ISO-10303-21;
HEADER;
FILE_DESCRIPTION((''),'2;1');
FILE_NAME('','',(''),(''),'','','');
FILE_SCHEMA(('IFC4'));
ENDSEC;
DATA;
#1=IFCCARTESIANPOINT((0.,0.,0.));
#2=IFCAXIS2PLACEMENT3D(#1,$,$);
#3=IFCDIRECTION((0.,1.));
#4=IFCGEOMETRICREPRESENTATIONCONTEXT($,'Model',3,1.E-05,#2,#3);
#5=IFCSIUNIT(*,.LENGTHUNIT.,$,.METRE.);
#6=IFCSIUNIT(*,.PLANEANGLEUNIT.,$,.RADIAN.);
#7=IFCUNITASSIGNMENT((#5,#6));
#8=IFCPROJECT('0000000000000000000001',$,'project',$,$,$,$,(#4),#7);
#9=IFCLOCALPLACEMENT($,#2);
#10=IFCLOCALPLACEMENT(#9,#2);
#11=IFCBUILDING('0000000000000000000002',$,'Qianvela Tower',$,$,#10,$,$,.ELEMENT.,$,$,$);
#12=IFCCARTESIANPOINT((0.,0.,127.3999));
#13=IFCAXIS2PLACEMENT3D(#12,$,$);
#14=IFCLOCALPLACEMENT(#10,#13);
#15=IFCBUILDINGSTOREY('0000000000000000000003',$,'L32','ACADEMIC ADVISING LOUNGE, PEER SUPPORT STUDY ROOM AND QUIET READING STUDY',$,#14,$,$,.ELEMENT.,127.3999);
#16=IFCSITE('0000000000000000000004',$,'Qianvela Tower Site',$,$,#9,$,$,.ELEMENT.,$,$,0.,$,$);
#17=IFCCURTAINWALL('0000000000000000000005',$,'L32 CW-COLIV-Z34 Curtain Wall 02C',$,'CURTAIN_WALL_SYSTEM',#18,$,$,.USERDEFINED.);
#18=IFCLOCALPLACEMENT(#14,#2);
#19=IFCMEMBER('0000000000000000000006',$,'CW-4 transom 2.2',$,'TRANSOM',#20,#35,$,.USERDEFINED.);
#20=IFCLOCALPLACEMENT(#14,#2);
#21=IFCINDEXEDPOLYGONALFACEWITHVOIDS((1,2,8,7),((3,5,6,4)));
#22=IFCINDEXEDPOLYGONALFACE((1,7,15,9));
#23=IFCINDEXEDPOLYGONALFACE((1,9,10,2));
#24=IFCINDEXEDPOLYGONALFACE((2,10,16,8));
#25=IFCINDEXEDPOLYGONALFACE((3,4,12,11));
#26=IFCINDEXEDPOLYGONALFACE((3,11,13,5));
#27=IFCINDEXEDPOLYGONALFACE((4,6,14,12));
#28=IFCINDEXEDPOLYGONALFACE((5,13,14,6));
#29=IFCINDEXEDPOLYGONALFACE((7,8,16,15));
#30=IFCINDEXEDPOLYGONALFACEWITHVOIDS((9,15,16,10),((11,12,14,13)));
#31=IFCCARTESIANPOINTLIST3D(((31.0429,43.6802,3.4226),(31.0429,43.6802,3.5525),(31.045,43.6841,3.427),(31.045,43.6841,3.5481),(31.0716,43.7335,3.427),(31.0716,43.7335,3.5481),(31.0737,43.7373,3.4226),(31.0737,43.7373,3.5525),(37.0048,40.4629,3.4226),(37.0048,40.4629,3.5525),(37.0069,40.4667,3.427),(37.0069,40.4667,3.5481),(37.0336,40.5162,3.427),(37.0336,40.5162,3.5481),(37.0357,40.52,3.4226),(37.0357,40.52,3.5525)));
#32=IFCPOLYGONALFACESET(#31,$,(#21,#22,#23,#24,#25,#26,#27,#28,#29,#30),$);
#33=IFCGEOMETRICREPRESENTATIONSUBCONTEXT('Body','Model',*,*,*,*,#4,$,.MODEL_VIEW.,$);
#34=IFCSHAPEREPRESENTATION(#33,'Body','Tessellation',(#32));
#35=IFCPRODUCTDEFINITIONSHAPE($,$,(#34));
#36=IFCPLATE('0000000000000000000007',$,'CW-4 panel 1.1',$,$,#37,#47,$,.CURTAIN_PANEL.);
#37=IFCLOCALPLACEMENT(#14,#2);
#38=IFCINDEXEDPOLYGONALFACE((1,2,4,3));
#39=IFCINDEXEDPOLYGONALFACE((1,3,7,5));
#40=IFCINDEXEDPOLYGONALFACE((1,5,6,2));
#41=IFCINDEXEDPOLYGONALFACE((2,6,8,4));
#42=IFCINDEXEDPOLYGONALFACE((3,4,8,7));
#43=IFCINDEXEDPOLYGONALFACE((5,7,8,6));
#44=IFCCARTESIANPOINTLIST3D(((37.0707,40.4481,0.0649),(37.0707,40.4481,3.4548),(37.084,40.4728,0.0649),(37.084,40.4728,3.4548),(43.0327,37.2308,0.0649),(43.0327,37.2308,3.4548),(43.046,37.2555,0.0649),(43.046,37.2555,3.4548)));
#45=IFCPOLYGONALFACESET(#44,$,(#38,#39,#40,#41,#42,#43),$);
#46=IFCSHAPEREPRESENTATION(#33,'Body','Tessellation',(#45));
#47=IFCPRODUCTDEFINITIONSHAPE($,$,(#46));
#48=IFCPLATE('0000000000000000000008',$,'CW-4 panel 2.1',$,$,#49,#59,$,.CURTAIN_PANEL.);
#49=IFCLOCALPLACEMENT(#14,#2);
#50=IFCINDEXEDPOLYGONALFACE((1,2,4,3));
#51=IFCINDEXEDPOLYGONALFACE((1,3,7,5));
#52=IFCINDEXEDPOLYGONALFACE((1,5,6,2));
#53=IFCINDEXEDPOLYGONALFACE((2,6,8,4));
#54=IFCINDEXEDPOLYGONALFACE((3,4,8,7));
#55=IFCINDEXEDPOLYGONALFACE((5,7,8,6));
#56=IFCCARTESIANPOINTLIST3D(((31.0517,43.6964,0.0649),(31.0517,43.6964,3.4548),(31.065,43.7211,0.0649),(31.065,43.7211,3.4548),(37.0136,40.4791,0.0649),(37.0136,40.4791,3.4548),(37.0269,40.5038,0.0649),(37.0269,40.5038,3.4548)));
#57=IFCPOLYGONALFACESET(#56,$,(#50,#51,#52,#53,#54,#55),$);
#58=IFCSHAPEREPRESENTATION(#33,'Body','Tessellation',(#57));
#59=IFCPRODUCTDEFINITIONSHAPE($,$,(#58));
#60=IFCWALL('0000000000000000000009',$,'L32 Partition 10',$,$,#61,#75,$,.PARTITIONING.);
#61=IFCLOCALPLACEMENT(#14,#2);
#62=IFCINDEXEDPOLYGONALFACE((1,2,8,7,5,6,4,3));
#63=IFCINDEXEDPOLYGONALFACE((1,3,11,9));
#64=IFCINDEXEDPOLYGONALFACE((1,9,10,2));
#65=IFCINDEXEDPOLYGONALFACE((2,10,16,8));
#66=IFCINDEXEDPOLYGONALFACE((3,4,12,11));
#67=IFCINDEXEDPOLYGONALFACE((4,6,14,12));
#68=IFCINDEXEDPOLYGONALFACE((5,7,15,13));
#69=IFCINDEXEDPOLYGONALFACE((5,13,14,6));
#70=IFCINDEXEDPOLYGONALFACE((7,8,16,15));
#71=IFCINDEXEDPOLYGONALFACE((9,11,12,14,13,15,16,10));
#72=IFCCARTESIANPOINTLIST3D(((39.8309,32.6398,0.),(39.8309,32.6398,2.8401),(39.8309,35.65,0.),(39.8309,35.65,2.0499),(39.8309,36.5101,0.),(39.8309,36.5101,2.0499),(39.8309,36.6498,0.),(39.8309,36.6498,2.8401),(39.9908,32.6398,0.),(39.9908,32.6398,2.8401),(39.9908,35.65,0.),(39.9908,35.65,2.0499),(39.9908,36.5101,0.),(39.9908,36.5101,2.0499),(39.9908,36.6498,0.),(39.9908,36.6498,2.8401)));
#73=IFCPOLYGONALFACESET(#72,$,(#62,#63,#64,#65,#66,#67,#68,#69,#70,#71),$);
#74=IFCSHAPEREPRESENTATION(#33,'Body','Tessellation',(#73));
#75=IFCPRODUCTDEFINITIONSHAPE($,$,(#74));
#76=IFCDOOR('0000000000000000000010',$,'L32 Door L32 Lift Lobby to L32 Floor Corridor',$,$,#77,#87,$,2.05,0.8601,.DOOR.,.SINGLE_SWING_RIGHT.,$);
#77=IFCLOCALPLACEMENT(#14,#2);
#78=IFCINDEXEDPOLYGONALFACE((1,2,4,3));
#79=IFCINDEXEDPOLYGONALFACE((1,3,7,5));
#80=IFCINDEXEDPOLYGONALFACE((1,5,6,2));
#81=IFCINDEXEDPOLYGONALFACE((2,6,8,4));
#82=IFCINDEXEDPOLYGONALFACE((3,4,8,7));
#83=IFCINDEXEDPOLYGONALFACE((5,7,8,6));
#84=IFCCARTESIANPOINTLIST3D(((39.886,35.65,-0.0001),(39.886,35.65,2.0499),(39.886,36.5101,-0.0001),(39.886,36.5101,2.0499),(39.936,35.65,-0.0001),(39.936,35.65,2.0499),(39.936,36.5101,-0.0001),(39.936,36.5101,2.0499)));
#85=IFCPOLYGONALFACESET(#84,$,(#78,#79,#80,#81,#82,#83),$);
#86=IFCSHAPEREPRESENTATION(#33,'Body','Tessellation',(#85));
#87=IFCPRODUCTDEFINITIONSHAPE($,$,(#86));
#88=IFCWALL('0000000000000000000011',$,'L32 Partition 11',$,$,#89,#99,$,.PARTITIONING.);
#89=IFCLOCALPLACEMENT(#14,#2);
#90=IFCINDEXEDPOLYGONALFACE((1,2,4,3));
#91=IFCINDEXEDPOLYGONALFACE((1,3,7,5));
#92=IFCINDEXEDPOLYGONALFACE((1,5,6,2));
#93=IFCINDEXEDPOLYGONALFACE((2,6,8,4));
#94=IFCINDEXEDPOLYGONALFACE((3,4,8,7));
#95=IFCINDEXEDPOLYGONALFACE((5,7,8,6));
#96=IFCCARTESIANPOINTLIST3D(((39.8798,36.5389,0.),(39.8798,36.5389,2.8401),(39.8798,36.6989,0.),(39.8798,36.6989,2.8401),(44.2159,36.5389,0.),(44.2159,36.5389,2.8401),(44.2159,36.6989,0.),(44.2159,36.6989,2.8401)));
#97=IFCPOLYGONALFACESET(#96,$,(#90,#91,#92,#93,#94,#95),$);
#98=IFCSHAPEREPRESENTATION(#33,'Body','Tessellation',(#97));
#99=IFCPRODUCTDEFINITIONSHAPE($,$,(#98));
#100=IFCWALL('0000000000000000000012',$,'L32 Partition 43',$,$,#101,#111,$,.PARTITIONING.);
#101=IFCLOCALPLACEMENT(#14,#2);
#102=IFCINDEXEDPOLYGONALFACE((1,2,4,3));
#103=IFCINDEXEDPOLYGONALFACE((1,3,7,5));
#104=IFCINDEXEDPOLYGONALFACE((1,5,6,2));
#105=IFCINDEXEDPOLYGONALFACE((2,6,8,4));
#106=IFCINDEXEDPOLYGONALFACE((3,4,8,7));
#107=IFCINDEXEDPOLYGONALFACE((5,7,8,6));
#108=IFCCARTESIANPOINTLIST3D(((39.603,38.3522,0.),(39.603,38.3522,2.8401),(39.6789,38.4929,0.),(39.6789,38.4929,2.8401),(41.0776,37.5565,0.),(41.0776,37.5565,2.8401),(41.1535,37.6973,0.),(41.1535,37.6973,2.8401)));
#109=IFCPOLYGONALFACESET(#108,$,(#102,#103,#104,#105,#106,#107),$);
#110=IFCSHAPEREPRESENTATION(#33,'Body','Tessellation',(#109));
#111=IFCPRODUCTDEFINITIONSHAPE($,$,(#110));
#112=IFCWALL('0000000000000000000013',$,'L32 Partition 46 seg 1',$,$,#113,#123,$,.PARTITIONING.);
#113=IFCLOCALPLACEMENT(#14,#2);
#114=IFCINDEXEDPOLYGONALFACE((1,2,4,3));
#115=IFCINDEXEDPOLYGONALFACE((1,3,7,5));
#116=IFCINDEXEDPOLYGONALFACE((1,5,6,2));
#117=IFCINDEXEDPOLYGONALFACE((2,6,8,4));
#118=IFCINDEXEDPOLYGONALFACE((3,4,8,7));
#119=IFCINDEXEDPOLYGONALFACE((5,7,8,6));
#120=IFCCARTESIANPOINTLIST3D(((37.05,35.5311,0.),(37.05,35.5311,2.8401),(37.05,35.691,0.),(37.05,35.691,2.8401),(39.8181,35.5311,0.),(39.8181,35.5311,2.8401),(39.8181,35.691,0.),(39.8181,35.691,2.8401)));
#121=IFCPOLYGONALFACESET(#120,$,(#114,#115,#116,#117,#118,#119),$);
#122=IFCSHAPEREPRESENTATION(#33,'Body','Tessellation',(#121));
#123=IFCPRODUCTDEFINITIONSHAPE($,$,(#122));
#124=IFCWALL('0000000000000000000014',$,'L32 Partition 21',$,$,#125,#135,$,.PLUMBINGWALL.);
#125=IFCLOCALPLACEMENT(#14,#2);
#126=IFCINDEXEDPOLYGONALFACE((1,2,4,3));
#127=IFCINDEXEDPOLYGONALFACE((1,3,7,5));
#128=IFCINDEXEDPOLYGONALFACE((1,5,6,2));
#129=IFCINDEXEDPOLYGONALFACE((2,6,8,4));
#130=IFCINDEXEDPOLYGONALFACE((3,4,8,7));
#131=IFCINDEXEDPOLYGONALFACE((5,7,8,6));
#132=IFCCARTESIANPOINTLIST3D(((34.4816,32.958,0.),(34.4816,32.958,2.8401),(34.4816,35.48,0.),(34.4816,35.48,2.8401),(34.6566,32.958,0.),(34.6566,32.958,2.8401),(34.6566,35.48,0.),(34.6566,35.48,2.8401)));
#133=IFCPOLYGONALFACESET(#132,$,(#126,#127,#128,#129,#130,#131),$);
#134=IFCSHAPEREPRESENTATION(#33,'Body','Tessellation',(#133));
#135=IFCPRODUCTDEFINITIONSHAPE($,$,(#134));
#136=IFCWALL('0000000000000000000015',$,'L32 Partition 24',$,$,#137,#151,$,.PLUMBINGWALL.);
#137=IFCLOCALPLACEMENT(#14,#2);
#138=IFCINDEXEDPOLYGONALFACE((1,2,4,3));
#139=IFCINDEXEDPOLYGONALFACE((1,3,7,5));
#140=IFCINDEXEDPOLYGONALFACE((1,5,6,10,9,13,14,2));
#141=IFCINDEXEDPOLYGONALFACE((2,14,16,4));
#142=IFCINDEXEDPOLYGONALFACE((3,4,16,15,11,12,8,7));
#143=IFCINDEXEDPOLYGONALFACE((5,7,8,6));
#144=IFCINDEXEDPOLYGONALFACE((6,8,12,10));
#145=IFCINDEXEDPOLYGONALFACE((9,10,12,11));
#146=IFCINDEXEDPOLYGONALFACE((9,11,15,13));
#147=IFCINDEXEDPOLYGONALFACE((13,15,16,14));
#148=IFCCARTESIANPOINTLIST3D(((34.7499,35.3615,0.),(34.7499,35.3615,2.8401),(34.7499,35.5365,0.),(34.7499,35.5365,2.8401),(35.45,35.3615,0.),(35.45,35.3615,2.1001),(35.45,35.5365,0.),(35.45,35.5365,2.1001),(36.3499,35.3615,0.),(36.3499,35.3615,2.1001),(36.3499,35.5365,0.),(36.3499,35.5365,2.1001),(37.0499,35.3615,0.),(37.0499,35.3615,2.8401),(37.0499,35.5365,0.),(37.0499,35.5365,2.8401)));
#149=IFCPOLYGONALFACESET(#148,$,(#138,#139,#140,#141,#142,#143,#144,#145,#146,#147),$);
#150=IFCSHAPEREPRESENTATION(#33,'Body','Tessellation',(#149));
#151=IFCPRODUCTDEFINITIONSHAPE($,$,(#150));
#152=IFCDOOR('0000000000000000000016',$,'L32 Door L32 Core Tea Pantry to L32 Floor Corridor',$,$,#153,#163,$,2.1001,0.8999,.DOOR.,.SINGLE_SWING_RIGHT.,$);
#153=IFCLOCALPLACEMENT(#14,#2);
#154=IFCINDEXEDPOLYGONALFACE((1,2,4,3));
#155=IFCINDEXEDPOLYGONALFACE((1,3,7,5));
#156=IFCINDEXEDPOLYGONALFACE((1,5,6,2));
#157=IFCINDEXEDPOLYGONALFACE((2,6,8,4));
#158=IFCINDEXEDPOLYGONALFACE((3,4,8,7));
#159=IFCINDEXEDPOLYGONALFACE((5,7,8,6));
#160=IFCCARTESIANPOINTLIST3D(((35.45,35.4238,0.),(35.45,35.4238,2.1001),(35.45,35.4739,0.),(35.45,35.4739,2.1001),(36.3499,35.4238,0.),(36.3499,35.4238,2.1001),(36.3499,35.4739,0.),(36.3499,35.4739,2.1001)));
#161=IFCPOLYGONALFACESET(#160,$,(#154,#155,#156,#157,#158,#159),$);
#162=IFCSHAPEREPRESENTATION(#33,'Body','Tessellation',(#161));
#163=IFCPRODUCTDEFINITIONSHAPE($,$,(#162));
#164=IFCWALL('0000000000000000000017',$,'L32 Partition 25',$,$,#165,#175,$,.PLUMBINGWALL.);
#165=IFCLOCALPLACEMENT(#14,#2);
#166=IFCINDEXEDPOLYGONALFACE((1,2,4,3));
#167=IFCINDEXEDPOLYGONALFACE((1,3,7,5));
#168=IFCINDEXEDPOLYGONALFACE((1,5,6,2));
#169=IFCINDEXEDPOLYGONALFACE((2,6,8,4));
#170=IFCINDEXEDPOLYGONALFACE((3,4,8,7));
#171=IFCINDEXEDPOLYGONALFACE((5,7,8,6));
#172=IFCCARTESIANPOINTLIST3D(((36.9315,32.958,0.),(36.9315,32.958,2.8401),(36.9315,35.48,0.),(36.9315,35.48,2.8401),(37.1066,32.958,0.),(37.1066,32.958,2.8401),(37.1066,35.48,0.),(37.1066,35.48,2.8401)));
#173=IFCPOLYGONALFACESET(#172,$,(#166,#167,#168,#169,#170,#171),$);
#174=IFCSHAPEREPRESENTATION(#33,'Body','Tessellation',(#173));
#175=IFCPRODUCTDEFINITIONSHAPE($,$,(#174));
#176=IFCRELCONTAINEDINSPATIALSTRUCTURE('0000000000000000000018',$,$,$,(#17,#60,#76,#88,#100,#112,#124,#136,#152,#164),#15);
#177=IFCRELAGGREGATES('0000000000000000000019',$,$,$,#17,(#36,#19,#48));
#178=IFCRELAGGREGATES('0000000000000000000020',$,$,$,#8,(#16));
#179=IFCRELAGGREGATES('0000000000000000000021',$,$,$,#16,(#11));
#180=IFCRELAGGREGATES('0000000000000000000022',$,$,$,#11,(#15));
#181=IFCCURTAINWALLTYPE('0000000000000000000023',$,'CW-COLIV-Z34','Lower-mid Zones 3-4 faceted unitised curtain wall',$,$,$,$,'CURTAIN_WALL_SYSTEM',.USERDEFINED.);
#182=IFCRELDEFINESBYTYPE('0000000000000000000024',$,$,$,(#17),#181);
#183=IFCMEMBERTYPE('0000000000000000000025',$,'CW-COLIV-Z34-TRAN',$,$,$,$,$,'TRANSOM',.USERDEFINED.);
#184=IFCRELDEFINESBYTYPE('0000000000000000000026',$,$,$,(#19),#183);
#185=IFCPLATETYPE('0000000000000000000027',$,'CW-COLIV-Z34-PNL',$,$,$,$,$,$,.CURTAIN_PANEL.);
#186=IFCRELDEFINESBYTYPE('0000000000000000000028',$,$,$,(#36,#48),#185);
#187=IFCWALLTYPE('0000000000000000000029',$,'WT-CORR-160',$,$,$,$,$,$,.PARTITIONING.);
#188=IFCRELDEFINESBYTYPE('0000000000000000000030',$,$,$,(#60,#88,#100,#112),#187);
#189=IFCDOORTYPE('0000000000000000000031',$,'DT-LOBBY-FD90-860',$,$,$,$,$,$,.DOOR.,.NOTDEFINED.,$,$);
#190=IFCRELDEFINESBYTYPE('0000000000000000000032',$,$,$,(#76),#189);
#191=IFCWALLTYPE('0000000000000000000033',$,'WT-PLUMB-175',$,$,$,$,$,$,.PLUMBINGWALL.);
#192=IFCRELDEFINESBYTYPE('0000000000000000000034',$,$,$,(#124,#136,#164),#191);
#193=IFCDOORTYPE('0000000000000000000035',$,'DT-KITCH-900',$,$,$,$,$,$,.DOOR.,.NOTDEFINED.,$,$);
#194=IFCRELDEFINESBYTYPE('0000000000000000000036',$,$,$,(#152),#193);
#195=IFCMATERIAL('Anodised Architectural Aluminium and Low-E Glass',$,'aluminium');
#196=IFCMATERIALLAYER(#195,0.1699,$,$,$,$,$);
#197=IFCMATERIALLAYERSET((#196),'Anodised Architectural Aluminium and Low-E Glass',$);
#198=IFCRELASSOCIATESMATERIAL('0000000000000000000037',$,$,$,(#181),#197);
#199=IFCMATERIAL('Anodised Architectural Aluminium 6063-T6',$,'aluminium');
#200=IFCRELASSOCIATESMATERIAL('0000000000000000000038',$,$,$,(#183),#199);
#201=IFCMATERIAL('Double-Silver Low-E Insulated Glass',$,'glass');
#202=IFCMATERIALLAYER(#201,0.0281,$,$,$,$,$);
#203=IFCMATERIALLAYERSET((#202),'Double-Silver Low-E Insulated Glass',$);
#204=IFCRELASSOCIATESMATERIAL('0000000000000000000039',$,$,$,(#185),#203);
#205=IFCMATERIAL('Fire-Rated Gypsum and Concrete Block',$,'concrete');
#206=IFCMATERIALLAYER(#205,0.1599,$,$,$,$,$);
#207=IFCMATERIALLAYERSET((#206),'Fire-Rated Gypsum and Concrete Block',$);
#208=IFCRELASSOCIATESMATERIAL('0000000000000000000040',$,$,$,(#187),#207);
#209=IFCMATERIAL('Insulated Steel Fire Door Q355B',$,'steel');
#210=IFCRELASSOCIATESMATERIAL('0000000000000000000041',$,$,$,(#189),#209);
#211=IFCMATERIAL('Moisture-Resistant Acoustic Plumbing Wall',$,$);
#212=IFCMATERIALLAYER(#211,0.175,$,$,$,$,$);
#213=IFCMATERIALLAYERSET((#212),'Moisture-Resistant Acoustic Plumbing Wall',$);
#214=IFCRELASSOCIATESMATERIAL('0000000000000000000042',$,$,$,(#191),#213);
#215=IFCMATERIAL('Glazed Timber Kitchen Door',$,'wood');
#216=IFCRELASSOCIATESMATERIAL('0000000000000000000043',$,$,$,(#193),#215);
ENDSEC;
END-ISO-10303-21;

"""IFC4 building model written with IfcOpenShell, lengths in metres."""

from ifc_helpers import new_model, si_unit, direction, frame, frame_2d, origin, origin_2d, place, context, subcontext, project, spatial, rectangle, hollow_rectangle, extrude, material, layer, layer_set, material_profile, profile_set, type_object, element, fill, aggregate, save


model = new_model("IFC4")

# Units and contexts
model_context = context("Model", 3, precision=1e-05, world=origin(), true_north=direction((0.0, 1.0)))
body_context = subcontext(model_context, "Body", "Model", "MODEL_VIEW")
ifc_project = project(units=[si_unit("LENGTHUNIT", "METRE"), si_unit("PLANEANGLEUNIT", "RADIAN")], contexts=[model_context])

# Site, building, storey
site_placement = place(None, origin())
site = spatial("IfcSite", under=ifc_project, at=site_placement, Name="Qianvela Tower Site", CompositionType="ELEMENT", RefElevation=0.0)
building_placement = place(site_placement, origin())
building = spatial("IfcBuilding", under=site, at=building_placement, Name="Qianvela Tower", CompositionType="ELEMENT")
storey_placement = place(building_placement, frame((0.0, 0.0, 127.3999)))
storey = spatial("IfcBuildingStorey", under=building, at=storey_placement, Name="L32", Description="ACADEMIC ADVISING LOUNGE, PEER SUPPORT STUDY ROOM AND QUIET READING STUDY", CompositionType="ELEMENT", Elevation=127.3999)

# Curtain wall, member, plates
ifc_material_1 = material(Name="Anodised Architectural Aluminium and Low-E Glass", Category="aluminium")
ifc_layer_1 = layer(ifc_material_1, 0.1699)
ifc_layer_set_1 = layer_set([ifc_layer_1], Name="Anodised Architectural Aluminium and Low-E Glass")
curtain_wall_type = type_object("IfcCurtainWallType", Name="CW-COLIV-Z34", Description="Lower-mid Zones 3-4 faceted unitised curtain wall", ElementType="CURTAIN_WALL_SYSTEM", PredefinedType="USERDEFINED", material=ifc_layer_set_1)
curtain_wall_placement = place(storey_placement, origin())
curtain_wall = element("IfcCurtainWall", 1, at=curtain_wall_placement, inside=storey, type_object=curtain_wall_type, Name="L32 CW-COLIV-Z34 Curtain Wall 02C", ObjectType="CURTAIN_WALL_SYSTEM", PredefinedType="USERDEFINED")
ifc_material_2 = material(Name="Anodised Architectural Aluminium 6063-T6", Category="aluminium")
ifc_material_profile_1 = material_profile(ifc_material_2, hollow_rectangle(XDim=0.0649, YDim=0.1299, WallThickness=0.0044, at=origin_2d()), Name="ALU-TRAN-65x130")
ifc_profile_set_1 = profile_set([ifc_material_profile_1], Name="Anodised Architectural Aluminium 6063-T6")
member_type_1 = type_object("IfcMemberType", Name="CW-COLIV-Z34-TRAN", ElementType="TRANSOM", PredefinedType="USERDEFINED", material=ifc_profile_set_1)
member_1_placement = place(storey_placement, frame((37.0203, 40.4915, 3.4875), z_axis=(-0.880038, 0.474903, 0.0), x_axis=(-0.474903, -0.880038, 0.0)))
member_1 = element("IfcMember", 2, at=member_1_placement, type_object=member_type_1, Name="CW-4 transom 2.2", ObjectType="TRANSOM", PredefinedType="USERDEFINED", context=body_context, shape_type="SweptSolid", body=[
    extrude(hollow_rectangle(XDim=0.0649, YDim=0.1299, WallThickness=0.0044, at=origin_2d()), origin(), (0.0, 0.0, 1.0), 6.7747),
])
ifc_material_3 = material(Name="Double-Silver Low-E Insulated Glass", Category="glass")
ifc_layer_2 = layer(ifc_material_3, 0.0281)
ifc_layer_set_2 = layer_set([ifc_layer_2], Name="Double-Silver Low-E Insulated Glass")
plate_type = type_object("IfcPlateType", Name="CW-COLIV-Z34-PNL", PredefinedType="CURTAIN_PANEL", material=ifc_layer_set_2)
plate_1_placement = place(storey_placement, frame((40.0583, 38.8518, 0.0649), z_axis=(0.0, 0.0, 1.0), x_axis=(-0.880037, 0.474906, 0.0)))
plate_1 = element("IfcPlate", 3, at=plate_1_placement, type_object=plate_type, Name="CW-4 panel 1.1", PredefinedType="CURTAIN_PANEL", context=body_context, shape_type="SweptSolid", body=[
    extrude(rectangle(XDim=6.7747, YDim=0.0281, at=origin_2d()), origin(), (0.0, 0.0, 1.0), 3.3899),
])
plate_2_placement = place(storey_placement, frame((34.0393, 42.1001, 0.0649), z_axis=(0.0, 0.0, 1.0), x_axis=(-0.880037, 0.474906, 0.0)))
plate_2 = element("IfcPlate", 4, at=plate_2_placement, type_object=plate_type, Name="CW-4 panel 2.1", PredefinedType="CURTAIN_PANEL", context=body_context, shape_type="SweptSolid", body=[
    extrude(rectangle(XDim=6.7747, YDim=0.0281, at=origin_2d()), origin(), (0.0, 0.0, 1.0), 3.3899),
])
aggregate(curtain_wall, [plate_1, member_1, plate_2])

# Wall, opening, door
ifc_material_4 = material(Name="Fire-Rated Gypsum and Concrete Block", Category="concrete")
ifc_layer_3 = layer(ifc_material_4, 0.1599)
ifc_layer_set_3 = layer_set([ifc_layer_3], Name="Fire-Rated Gypsum and Concrete Block")
wall_type_1 = type_object("IfcWallType", Name="WT-CORR-160", PredefinedType="PARTITIONING", material=ifc_layer_set_3)
wall_1_placement = place(storey_placement, frame((39.9109, 32.6399, 0.0), z_axis=(0.0, 0.0, 1.0), x_axis=(0.0, 1.0, 0.0)))
wall_1 = element("IfcWall", 5, at=wall_1_placement, inside=storey, type_object=wall_type_1, Name="L32 Partition 10", PredefinedType="PARTITIONING", context=body_context, shape_type="SweptSolid", body=[
    extrude(rectangle(XDim=4.01, YDim=0.1599, at=frame_2d((2.0049, 0.0))), origin(), (0.0, 0.0, 1.0), 2.8401),
])
opening_1_placement = place(wall_1_placement, frame((3.01, 0.0, 0.0)))
opening_1 = element("IfcOpeningElement", 6, at=opening_1_placement, cuts=wall_1, PredefinedType="OPENING", context=body_context, shape_type="SweptSolid", body=[
    extrude(rectangle(XDim=0.8601, YDim=2.05, at=frame_2d((0.4302, 1.0249))), frame((0.0, 0.0898, 0.0), z_axis=(0.0, -1.0, 0.0), x_axis=(1.0, 0.0, 0.0)), (0.0, 0.0, 1.0), 0.1799),
])
ifc_material_5 = material(Name="Insulated Steel Fire Door Q355B", Category="steel")
door_type_1 = type_object("IfcDoorType", Name="DT-LOBBY-FD90-860", OperationType="NOTDEFINED", PredefinedType="DOOR", material=ifc_material_5)
door_1_placement = place(opening_1_placement, origin())
door_1 = element("IfcDoor", 7, at=door_1_placement, inside=storey, type_object=door_type_1, Name="L32 Door L32 Lift Lobby to L32 Floor Corridor", OperationType="SINGLE_SWING_RIGHT", OverallHeight=2.05, OverallWidth=0.8601, PredefinedType="DOOR", context=body_context, shape_type="SweptSolid", body=[
    extrude(rectangle(XDim=0.8601, YDim=2.05, at=frame_2d((0.4302, 1.0249))), frame((0.0, 0.0249, 0.0), z_axis=(0.0, -1.0, 0.0), x_axis=(1.0, 0.0, 0.0)), (0.0, 0.0, 1.0), 0.05),
])
fill(opening_1, door_1)

# Walls
wall_2_placement = place(storey_placement, frame((39.8799, 36.6189, 0.0), z_axis=(0.0, 0.0, 1.0), x_axis=(1.0, 0.0, 0.0)))
element("IfcWall", 8, at=wall_2_placement, inside=storey, type_object=wall_type_1, Name="L32 Partition 11", PredefinedType="PARTITIONING", context=body_context, shape_type="SweptSolid", body=[
    extrude(rectangle(XDim=4.3362, YDim=0.1599, at=frame_2d((2.168, 0.0))), origin(), (0.0, 0.0, 1.0), 2.8401),
])
wall_3_placement = place(storey_placement, frame((39.6409, 38.4226, 0.0), z_axis=(0.0, 0.0, 1.0), x_axis=(0.880064, -0.474856, 0.0)))
element("IfcWall", 9, at=wall_3_placement, inside=storey, type_object=wall_type_1, Name="L32 Partition 43", PredefinedType="PARTITIONING", context=body_context, shape_type="SweptSolid", body=[
    extrude(rectangle(XDim=1.6755, YDim=0.1599, at=frame_2d((0.8379, 0.0))), origin(), (0.0, 0.0, 1.0), 2.8401),
])
wall_4_placement = place(storey_placement, frame((39.8181, 35.6111, 0.0), z_axis=(0.0, 0.0, 1.0), x_axis=(-1.0, 0.0, 0.0)))
element("IfcWall", 10, at=wall_4_placement, inside=storey, type_object=wall_type_1, Name="L32 Partition 46 seg 1", PredefinedType="PARTITIONING", context=body_context, shape_type="SweptSolid", body=[
    extrude(rectangle(XDim=2.7681, YDim=0.1599, at=frame_2d((1.384, 0.0))), origin(), (0.0, 0.0, 1.0), 2.8401),
])
ifc_material_6 = material(Name="Moisture-Resistant Acoustic Plumbing Wall")
ifc_layer_4 = layer(ifc_material_6, 0.175)
ifc_layer_set_4 = layer_set([ifc_layer_4], Name="Moisture-Resistant Acoustic Plumbing Wall")
wall_type_2 = type_object("IfcWallType", Name="WT-PLUMB-175", PredefinedType="PLUMBINGWALL", material=ifc_layer_set_4)
wall_5_placement = place(storey_placement, frame((34.5691, 35.48, 0.0), z_axis=(0.0, 0.0, 1.0), x_axis=(0.0, -1.0, 0.0)))
element("IfcWall", 11, at=wall_5_placement, inside=storey, type_object=wall_type_2, Name="L32 Partition 21", PredefinedType="PLUMBINGWALL", context=body_context, shape_type="SweptSolid", body=[
    extrude(rectangle(XDim=2.522, YDim=0.175, at=frame_2d((1.261, 0.0))), origin(), (0.0, 0.0, 1.0), 2.8401),
])

# Wall, opening, door
wall_6_placement = place(storey_placement, frame((34.75, 35.449, 0.0), z_axis=(0.0, 0.0, 1.0), x_axis=(1.0, 0.0, 0.0)))
wall_6 = element("IfcWall", 12, at=wall_6_placement, inside=storey, type_object=wall_type_2, Name="L32 Partition 24", PredefinedType="PLUMBINGWALL", context=body_context, shape_type="SweptSolid", body=[
    extrude(rectangle(XDim=2.3, YDim=0.175, at=frame_2d((1.1499, 0.0))), origin(), (0.0, 0.0, 1.0), 2.8401),
])
opening_2_placement = place(wall_6_placement, frame((0.7, 0.0, 0.0)))
opening_2 = element("IfcOpeningElement", 13, at=opening_2_placement, cuts=wall_6, PredefinedType="OPENING", context=body_context, shape_type="SweptSolid", body=[
    extrude(rectangle(XDim=0.8999, YDim=2.1001, at=frame_2d((0.45, 1.05))), frame((0.0, 0.0974, 0.0), z_axis=(0.0, -1.0, 0.0), x_axis=(1.0, 0.0, 0.0)), (0.0, 0.0, 1.0), 0.1951),
])
ifc_material_7 = material(Name="Glazed Timber Kitchen Door", Category="wood")
door_type_2 = type_object("IfcDoorType", Name="DT-KITCH-900", OperationType="NOTDEFINED", PredefinedType="DOOR", material=ifc_material_7)
door_2_placement = place(opening_2_placement, origin())
door_2 = element("IfcDoor", 14, at=door_2_placement, inside=storey, type_object=door_type_2, Name="L32 Door L32 Core Tea Pantry to L32 Floor Corridor", OperationType="SINGLE_SWING_RIGHT", OverallHeight=2.1001, OverallWidth=0.8999, PredefinedType="DOOR", context=body_context, shape_type="SweptSolid", body=[
    extrude(rectangle(XDim=0.8999, YDim=2.1001, at=frame_2d((0.45, 1.05))), frame((0.0, 0.0249, 0.0), z_axis=(0.0, -1.0, 0.0), x_axis=(1.0, 0.0, 0.0)), (0.0, 0.0, 1.0), 0.05),
])
fill(opening_2, door_2)

# Wall
wall_7_placement = place(storey_placement, frame((37.019, 35.48, 0.0), z_axis=(0.0, 0.0, 1.0), x_axis=(0.0, -1.0, 0.0)))
element("IfcWall", 15, at=wall_7_placement, inside=storey, type_object=wall_type_2, Name="L32 Partition 25", PredefinedType="PLUMBINGWALL", context=body_context, shape_type="SweptSolid", body=[
    extrude(rectangle(XDim=2.522, YDim=0.175, at=frame_2d((1.261, 0.0))), origin(), (0.0, 0.0, 1.0), 2.8401),
])

save(model, "model.ifc")
